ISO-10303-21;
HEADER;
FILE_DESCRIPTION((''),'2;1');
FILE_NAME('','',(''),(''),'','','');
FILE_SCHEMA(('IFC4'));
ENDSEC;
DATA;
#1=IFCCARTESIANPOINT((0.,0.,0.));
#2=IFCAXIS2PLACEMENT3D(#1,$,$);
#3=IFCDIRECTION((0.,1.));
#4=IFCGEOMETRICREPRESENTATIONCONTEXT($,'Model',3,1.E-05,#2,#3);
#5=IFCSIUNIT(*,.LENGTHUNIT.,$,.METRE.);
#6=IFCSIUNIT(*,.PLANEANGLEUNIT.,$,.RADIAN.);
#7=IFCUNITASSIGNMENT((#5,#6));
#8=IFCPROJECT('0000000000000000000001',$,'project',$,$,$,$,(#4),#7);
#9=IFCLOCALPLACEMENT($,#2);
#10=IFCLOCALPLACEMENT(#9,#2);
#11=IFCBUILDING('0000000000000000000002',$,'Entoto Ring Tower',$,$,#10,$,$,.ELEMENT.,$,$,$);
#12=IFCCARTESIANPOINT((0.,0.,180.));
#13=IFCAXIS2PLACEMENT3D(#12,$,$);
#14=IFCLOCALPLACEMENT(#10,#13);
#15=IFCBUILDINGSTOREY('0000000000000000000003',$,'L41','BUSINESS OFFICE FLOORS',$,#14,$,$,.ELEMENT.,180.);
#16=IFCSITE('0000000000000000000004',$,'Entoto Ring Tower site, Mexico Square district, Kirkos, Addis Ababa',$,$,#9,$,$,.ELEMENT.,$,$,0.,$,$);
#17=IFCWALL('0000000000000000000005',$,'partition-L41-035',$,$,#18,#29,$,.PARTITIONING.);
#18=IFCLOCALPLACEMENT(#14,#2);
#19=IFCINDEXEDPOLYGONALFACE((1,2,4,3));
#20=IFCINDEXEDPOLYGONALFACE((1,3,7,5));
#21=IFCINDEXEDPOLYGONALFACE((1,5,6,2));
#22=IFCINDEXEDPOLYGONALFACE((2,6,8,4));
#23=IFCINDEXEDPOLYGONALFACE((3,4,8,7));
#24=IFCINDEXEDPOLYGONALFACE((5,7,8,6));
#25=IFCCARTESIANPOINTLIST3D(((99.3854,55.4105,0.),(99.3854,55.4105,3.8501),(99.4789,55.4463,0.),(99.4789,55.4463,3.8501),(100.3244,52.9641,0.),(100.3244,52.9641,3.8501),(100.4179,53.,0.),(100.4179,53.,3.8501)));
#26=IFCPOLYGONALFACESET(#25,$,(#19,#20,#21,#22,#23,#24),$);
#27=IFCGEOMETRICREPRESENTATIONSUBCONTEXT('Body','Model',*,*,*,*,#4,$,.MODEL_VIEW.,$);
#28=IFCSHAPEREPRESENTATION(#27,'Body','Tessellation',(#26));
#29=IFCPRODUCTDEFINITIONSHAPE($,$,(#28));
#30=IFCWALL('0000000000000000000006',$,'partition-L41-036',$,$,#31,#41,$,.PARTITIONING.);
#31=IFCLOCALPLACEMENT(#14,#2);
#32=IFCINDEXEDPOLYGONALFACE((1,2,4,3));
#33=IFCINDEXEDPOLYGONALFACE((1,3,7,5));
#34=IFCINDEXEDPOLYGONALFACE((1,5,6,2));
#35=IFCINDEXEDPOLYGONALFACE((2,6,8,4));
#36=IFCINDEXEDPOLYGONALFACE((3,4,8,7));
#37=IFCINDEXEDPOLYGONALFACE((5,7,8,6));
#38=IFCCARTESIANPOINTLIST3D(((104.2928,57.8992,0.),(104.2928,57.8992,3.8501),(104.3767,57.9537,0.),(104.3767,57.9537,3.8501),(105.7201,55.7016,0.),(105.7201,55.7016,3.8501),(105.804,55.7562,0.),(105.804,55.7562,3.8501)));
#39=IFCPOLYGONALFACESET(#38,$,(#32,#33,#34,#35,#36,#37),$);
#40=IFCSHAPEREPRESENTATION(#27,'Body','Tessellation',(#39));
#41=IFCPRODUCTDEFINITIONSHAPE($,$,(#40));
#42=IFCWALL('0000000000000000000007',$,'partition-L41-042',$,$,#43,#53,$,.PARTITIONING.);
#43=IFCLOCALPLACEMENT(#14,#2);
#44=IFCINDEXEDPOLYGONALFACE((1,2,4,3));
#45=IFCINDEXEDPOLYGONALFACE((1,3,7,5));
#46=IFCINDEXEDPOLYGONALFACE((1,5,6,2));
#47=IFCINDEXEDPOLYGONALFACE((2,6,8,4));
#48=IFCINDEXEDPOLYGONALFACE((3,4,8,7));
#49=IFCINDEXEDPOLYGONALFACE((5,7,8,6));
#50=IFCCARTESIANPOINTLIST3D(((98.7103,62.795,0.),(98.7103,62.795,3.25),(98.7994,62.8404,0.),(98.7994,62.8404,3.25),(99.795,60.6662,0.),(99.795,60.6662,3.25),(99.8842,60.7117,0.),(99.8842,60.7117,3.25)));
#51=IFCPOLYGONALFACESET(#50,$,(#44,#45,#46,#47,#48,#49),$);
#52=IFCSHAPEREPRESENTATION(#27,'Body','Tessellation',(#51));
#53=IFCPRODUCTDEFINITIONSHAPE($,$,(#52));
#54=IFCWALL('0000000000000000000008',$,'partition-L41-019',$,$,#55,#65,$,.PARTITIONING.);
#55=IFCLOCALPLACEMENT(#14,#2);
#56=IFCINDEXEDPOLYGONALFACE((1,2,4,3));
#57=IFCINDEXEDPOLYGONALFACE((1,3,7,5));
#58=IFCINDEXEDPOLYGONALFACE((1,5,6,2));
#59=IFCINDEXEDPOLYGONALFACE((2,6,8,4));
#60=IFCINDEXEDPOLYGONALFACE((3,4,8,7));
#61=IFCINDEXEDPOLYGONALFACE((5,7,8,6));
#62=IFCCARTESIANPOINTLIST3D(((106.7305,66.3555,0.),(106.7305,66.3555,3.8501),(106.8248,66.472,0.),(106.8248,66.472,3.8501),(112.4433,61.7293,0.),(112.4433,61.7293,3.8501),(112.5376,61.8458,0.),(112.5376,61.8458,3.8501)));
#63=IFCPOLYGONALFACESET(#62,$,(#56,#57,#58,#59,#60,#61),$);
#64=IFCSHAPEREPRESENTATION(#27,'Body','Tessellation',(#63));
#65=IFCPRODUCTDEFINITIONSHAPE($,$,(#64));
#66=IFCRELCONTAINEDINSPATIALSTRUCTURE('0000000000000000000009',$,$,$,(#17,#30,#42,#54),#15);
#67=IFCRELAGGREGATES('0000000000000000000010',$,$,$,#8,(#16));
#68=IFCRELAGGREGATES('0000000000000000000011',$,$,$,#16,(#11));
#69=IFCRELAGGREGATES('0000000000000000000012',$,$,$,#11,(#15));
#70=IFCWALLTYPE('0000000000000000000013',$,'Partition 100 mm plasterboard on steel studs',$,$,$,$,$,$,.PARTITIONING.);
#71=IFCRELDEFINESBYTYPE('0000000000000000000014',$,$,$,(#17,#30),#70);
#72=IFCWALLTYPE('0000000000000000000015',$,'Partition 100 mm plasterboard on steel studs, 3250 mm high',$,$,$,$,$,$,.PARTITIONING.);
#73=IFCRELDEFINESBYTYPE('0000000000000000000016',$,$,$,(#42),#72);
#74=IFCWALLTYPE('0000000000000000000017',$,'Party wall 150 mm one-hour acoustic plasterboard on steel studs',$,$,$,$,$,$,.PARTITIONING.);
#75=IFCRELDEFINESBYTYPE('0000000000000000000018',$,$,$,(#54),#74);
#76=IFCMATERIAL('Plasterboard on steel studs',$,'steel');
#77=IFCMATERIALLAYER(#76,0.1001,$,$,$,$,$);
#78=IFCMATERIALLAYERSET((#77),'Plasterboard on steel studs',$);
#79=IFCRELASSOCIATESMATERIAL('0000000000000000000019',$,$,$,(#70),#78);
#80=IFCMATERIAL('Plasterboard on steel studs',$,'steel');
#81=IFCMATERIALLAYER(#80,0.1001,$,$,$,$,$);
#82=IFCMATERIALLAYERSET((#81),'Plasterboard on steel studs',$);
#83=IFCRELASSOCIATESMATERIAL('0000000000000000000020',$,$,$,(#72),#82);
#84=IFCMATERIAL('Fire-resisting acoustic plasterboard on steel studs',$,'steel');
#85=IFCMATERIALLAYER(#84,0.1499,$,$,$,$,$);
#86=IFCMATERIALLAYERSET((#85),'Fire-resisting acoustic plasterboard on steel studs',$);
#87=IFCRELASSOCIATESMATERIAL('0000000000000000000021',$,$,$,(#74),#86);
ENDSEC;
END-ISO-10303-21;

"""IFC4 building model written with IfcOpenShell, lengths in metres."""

from ifc_helpers import new_model, si_unit, direction, frame, frame_2d, origin, place, context, subcontext, project, spatial, rectangle, extrude, material, layer, layer_set, type_object, element, save


model = new_model("IFC4")

# Units and contexts
model_context = context("Model", 3, precision=1e-05, world=origin(), true_north=direction((0.0, 1.0)))
body_context = subcontext(model_context, "Body", "Model", "MODEL_VIEW")
ifc_project = project(units=[si_unit("LENGTHUNIT", "METRE"), si_unit("PLANEANGLEUNIT", "RADIAN")], contexts=[model_context])

# Site, building, storey
site_placement = place(None, origin())
site = spatial("IfcSite", under=ifc_project, at=site_placement, Name="Entoto Ring Tower site, Mexico Square district, Kirkos, Addis Ababa", CompositionType="ELEMENT", RefElevation=0.0)
building_placement = place(site_placement, origin())
building = spatial("IfcBuilding", under=site, at=building_placement, Name="Entoto Ring Tower", CompositionType="ELEMENT")
storey_placement = place(building_placement, frame((0.0, 0.0, 180.0)))
storey = spatial("IfcBuildingStorey", under=building, at=storey_placement, Name="L41", Description="BUSINESS OFFICE FLOORS", CompositionType="ELEMENT", Elevation=180.0)

# Shared definitions
ifc_material_1 = material(Name="Plasterboard on steel studs", Category="steel")
ifc_layer_1 = layer(ifc_material_1, 0.1001)
ifc_layer_set_1 = layer_set([ifc_layer_1], Name="Plasterboard on steel studs")
wall_type_1 = type_object("IfcWallType", Name="Partition 100 mm plasterboard on steel studs", PredefinedType="PARTITIONING", material=ifc_layer_set_1)

# Walls
for number, where, z_axis, x_axis, name in (
    (1, (100.3711, 52.9822, 0.0), (0.0, 0.0, 1.0), (-0.358342, 0.93359, 0.0), "partition-L41-035"),
    (2, (105.762, 55.729, 0.0), (0.0, 0.0, 1.0), (-0.544684, 0.838642, 0.0), "partition-L41-036"),
):
    element("IfcWall", number, at=place(storey_placement, frame(where, z_axis=z_axis, x_axis=x_axis)), inside=storey, type_object=wall_type_1, Name=name, PredefinedType="PARTITIONING", context=body_context, shape_type="SweptSolid", body=[
        extrude(rectangle(XDim=2.6204, YDim=0.1001, at=frame_2d((1.3101, 0.0))), origin(), (0.0, 0.0, 1.0), 3.8501),
    ])
ifc_material_2 = material(Name="Plasterboard on steel studs", Category="steel")
ifc_layer_2 = layer(ifc_material_2, 0.1001)
ifc_layer_set_2 = layer_set([ifc_layer_2], Name="Plasterboard on steel studs")
wall_type_2 = type_object("IfcWallType", Name="Partition 100 mm plasterboard on steel studs, 3250 mm high", PredefinedType="PARTITIONING", material=ifc_layer_set_2)
wall_1_placement = place(storey_placement, frame((99.8396, 60.689, 0.0), z_axis=(0.0, 0.0, 1.0), x_axis=(-0.454027, 0.890988, 0.0)))
element("IfcWall", 3, at=wall_1_placement, inside=storey, type_object=wall_type_2, Name="partition-L41-042", PredefinedType="PARTITIONING", context=body_context, shape_type="SweptSolid", body=[
    extrude(rectangle(XDim=2.3892, YDim=0.1001, at=frame_2d((1.1946, 0.0))), origin(), (0.0, 0.0, 1.0), 3.25),
])
ifc_material_3 = material(Name="Fire-resisting acoustic plasterboard on steel studs", Category="steel")
ifc_layer_3 = layer(ifc_material_3, 0.1499)
ifc_layer_set_3 = layer_set([ifc_layer_3], Name="Fire-resisting acoustic plasterboard on steel studs")
wall_type_3 = type_object("IfcWallType", Name="Party wall 150 mm one-hour acoustic plasterboard on steel studs", PredefinedType="PARTITIONING", material=ifc_layer_set_3)
wall_2_placement = place(storey_placement, frame((112.4905, 61.7876, 0.0), z_axis=(0.0, 0.0, 1.0), x_axis=(-0.777145, 0.629321, 0.0)))
element("IfcWall", 4, at=wall_2_placement, inside=storey, type_object=wall_type_3, Name="partition-L41-019", PredefinedType="PARTITIONING", context=body_context, shape_type="SweptSolid", body=[
    extrude(rectangle(XDim=7.3511, YDim=0.1499, at=frame_2d((3.6755, 0.0))), origin(), (0.0, 0.0, 1.0), 3.8501),
])

save(model, "model.ifc")
